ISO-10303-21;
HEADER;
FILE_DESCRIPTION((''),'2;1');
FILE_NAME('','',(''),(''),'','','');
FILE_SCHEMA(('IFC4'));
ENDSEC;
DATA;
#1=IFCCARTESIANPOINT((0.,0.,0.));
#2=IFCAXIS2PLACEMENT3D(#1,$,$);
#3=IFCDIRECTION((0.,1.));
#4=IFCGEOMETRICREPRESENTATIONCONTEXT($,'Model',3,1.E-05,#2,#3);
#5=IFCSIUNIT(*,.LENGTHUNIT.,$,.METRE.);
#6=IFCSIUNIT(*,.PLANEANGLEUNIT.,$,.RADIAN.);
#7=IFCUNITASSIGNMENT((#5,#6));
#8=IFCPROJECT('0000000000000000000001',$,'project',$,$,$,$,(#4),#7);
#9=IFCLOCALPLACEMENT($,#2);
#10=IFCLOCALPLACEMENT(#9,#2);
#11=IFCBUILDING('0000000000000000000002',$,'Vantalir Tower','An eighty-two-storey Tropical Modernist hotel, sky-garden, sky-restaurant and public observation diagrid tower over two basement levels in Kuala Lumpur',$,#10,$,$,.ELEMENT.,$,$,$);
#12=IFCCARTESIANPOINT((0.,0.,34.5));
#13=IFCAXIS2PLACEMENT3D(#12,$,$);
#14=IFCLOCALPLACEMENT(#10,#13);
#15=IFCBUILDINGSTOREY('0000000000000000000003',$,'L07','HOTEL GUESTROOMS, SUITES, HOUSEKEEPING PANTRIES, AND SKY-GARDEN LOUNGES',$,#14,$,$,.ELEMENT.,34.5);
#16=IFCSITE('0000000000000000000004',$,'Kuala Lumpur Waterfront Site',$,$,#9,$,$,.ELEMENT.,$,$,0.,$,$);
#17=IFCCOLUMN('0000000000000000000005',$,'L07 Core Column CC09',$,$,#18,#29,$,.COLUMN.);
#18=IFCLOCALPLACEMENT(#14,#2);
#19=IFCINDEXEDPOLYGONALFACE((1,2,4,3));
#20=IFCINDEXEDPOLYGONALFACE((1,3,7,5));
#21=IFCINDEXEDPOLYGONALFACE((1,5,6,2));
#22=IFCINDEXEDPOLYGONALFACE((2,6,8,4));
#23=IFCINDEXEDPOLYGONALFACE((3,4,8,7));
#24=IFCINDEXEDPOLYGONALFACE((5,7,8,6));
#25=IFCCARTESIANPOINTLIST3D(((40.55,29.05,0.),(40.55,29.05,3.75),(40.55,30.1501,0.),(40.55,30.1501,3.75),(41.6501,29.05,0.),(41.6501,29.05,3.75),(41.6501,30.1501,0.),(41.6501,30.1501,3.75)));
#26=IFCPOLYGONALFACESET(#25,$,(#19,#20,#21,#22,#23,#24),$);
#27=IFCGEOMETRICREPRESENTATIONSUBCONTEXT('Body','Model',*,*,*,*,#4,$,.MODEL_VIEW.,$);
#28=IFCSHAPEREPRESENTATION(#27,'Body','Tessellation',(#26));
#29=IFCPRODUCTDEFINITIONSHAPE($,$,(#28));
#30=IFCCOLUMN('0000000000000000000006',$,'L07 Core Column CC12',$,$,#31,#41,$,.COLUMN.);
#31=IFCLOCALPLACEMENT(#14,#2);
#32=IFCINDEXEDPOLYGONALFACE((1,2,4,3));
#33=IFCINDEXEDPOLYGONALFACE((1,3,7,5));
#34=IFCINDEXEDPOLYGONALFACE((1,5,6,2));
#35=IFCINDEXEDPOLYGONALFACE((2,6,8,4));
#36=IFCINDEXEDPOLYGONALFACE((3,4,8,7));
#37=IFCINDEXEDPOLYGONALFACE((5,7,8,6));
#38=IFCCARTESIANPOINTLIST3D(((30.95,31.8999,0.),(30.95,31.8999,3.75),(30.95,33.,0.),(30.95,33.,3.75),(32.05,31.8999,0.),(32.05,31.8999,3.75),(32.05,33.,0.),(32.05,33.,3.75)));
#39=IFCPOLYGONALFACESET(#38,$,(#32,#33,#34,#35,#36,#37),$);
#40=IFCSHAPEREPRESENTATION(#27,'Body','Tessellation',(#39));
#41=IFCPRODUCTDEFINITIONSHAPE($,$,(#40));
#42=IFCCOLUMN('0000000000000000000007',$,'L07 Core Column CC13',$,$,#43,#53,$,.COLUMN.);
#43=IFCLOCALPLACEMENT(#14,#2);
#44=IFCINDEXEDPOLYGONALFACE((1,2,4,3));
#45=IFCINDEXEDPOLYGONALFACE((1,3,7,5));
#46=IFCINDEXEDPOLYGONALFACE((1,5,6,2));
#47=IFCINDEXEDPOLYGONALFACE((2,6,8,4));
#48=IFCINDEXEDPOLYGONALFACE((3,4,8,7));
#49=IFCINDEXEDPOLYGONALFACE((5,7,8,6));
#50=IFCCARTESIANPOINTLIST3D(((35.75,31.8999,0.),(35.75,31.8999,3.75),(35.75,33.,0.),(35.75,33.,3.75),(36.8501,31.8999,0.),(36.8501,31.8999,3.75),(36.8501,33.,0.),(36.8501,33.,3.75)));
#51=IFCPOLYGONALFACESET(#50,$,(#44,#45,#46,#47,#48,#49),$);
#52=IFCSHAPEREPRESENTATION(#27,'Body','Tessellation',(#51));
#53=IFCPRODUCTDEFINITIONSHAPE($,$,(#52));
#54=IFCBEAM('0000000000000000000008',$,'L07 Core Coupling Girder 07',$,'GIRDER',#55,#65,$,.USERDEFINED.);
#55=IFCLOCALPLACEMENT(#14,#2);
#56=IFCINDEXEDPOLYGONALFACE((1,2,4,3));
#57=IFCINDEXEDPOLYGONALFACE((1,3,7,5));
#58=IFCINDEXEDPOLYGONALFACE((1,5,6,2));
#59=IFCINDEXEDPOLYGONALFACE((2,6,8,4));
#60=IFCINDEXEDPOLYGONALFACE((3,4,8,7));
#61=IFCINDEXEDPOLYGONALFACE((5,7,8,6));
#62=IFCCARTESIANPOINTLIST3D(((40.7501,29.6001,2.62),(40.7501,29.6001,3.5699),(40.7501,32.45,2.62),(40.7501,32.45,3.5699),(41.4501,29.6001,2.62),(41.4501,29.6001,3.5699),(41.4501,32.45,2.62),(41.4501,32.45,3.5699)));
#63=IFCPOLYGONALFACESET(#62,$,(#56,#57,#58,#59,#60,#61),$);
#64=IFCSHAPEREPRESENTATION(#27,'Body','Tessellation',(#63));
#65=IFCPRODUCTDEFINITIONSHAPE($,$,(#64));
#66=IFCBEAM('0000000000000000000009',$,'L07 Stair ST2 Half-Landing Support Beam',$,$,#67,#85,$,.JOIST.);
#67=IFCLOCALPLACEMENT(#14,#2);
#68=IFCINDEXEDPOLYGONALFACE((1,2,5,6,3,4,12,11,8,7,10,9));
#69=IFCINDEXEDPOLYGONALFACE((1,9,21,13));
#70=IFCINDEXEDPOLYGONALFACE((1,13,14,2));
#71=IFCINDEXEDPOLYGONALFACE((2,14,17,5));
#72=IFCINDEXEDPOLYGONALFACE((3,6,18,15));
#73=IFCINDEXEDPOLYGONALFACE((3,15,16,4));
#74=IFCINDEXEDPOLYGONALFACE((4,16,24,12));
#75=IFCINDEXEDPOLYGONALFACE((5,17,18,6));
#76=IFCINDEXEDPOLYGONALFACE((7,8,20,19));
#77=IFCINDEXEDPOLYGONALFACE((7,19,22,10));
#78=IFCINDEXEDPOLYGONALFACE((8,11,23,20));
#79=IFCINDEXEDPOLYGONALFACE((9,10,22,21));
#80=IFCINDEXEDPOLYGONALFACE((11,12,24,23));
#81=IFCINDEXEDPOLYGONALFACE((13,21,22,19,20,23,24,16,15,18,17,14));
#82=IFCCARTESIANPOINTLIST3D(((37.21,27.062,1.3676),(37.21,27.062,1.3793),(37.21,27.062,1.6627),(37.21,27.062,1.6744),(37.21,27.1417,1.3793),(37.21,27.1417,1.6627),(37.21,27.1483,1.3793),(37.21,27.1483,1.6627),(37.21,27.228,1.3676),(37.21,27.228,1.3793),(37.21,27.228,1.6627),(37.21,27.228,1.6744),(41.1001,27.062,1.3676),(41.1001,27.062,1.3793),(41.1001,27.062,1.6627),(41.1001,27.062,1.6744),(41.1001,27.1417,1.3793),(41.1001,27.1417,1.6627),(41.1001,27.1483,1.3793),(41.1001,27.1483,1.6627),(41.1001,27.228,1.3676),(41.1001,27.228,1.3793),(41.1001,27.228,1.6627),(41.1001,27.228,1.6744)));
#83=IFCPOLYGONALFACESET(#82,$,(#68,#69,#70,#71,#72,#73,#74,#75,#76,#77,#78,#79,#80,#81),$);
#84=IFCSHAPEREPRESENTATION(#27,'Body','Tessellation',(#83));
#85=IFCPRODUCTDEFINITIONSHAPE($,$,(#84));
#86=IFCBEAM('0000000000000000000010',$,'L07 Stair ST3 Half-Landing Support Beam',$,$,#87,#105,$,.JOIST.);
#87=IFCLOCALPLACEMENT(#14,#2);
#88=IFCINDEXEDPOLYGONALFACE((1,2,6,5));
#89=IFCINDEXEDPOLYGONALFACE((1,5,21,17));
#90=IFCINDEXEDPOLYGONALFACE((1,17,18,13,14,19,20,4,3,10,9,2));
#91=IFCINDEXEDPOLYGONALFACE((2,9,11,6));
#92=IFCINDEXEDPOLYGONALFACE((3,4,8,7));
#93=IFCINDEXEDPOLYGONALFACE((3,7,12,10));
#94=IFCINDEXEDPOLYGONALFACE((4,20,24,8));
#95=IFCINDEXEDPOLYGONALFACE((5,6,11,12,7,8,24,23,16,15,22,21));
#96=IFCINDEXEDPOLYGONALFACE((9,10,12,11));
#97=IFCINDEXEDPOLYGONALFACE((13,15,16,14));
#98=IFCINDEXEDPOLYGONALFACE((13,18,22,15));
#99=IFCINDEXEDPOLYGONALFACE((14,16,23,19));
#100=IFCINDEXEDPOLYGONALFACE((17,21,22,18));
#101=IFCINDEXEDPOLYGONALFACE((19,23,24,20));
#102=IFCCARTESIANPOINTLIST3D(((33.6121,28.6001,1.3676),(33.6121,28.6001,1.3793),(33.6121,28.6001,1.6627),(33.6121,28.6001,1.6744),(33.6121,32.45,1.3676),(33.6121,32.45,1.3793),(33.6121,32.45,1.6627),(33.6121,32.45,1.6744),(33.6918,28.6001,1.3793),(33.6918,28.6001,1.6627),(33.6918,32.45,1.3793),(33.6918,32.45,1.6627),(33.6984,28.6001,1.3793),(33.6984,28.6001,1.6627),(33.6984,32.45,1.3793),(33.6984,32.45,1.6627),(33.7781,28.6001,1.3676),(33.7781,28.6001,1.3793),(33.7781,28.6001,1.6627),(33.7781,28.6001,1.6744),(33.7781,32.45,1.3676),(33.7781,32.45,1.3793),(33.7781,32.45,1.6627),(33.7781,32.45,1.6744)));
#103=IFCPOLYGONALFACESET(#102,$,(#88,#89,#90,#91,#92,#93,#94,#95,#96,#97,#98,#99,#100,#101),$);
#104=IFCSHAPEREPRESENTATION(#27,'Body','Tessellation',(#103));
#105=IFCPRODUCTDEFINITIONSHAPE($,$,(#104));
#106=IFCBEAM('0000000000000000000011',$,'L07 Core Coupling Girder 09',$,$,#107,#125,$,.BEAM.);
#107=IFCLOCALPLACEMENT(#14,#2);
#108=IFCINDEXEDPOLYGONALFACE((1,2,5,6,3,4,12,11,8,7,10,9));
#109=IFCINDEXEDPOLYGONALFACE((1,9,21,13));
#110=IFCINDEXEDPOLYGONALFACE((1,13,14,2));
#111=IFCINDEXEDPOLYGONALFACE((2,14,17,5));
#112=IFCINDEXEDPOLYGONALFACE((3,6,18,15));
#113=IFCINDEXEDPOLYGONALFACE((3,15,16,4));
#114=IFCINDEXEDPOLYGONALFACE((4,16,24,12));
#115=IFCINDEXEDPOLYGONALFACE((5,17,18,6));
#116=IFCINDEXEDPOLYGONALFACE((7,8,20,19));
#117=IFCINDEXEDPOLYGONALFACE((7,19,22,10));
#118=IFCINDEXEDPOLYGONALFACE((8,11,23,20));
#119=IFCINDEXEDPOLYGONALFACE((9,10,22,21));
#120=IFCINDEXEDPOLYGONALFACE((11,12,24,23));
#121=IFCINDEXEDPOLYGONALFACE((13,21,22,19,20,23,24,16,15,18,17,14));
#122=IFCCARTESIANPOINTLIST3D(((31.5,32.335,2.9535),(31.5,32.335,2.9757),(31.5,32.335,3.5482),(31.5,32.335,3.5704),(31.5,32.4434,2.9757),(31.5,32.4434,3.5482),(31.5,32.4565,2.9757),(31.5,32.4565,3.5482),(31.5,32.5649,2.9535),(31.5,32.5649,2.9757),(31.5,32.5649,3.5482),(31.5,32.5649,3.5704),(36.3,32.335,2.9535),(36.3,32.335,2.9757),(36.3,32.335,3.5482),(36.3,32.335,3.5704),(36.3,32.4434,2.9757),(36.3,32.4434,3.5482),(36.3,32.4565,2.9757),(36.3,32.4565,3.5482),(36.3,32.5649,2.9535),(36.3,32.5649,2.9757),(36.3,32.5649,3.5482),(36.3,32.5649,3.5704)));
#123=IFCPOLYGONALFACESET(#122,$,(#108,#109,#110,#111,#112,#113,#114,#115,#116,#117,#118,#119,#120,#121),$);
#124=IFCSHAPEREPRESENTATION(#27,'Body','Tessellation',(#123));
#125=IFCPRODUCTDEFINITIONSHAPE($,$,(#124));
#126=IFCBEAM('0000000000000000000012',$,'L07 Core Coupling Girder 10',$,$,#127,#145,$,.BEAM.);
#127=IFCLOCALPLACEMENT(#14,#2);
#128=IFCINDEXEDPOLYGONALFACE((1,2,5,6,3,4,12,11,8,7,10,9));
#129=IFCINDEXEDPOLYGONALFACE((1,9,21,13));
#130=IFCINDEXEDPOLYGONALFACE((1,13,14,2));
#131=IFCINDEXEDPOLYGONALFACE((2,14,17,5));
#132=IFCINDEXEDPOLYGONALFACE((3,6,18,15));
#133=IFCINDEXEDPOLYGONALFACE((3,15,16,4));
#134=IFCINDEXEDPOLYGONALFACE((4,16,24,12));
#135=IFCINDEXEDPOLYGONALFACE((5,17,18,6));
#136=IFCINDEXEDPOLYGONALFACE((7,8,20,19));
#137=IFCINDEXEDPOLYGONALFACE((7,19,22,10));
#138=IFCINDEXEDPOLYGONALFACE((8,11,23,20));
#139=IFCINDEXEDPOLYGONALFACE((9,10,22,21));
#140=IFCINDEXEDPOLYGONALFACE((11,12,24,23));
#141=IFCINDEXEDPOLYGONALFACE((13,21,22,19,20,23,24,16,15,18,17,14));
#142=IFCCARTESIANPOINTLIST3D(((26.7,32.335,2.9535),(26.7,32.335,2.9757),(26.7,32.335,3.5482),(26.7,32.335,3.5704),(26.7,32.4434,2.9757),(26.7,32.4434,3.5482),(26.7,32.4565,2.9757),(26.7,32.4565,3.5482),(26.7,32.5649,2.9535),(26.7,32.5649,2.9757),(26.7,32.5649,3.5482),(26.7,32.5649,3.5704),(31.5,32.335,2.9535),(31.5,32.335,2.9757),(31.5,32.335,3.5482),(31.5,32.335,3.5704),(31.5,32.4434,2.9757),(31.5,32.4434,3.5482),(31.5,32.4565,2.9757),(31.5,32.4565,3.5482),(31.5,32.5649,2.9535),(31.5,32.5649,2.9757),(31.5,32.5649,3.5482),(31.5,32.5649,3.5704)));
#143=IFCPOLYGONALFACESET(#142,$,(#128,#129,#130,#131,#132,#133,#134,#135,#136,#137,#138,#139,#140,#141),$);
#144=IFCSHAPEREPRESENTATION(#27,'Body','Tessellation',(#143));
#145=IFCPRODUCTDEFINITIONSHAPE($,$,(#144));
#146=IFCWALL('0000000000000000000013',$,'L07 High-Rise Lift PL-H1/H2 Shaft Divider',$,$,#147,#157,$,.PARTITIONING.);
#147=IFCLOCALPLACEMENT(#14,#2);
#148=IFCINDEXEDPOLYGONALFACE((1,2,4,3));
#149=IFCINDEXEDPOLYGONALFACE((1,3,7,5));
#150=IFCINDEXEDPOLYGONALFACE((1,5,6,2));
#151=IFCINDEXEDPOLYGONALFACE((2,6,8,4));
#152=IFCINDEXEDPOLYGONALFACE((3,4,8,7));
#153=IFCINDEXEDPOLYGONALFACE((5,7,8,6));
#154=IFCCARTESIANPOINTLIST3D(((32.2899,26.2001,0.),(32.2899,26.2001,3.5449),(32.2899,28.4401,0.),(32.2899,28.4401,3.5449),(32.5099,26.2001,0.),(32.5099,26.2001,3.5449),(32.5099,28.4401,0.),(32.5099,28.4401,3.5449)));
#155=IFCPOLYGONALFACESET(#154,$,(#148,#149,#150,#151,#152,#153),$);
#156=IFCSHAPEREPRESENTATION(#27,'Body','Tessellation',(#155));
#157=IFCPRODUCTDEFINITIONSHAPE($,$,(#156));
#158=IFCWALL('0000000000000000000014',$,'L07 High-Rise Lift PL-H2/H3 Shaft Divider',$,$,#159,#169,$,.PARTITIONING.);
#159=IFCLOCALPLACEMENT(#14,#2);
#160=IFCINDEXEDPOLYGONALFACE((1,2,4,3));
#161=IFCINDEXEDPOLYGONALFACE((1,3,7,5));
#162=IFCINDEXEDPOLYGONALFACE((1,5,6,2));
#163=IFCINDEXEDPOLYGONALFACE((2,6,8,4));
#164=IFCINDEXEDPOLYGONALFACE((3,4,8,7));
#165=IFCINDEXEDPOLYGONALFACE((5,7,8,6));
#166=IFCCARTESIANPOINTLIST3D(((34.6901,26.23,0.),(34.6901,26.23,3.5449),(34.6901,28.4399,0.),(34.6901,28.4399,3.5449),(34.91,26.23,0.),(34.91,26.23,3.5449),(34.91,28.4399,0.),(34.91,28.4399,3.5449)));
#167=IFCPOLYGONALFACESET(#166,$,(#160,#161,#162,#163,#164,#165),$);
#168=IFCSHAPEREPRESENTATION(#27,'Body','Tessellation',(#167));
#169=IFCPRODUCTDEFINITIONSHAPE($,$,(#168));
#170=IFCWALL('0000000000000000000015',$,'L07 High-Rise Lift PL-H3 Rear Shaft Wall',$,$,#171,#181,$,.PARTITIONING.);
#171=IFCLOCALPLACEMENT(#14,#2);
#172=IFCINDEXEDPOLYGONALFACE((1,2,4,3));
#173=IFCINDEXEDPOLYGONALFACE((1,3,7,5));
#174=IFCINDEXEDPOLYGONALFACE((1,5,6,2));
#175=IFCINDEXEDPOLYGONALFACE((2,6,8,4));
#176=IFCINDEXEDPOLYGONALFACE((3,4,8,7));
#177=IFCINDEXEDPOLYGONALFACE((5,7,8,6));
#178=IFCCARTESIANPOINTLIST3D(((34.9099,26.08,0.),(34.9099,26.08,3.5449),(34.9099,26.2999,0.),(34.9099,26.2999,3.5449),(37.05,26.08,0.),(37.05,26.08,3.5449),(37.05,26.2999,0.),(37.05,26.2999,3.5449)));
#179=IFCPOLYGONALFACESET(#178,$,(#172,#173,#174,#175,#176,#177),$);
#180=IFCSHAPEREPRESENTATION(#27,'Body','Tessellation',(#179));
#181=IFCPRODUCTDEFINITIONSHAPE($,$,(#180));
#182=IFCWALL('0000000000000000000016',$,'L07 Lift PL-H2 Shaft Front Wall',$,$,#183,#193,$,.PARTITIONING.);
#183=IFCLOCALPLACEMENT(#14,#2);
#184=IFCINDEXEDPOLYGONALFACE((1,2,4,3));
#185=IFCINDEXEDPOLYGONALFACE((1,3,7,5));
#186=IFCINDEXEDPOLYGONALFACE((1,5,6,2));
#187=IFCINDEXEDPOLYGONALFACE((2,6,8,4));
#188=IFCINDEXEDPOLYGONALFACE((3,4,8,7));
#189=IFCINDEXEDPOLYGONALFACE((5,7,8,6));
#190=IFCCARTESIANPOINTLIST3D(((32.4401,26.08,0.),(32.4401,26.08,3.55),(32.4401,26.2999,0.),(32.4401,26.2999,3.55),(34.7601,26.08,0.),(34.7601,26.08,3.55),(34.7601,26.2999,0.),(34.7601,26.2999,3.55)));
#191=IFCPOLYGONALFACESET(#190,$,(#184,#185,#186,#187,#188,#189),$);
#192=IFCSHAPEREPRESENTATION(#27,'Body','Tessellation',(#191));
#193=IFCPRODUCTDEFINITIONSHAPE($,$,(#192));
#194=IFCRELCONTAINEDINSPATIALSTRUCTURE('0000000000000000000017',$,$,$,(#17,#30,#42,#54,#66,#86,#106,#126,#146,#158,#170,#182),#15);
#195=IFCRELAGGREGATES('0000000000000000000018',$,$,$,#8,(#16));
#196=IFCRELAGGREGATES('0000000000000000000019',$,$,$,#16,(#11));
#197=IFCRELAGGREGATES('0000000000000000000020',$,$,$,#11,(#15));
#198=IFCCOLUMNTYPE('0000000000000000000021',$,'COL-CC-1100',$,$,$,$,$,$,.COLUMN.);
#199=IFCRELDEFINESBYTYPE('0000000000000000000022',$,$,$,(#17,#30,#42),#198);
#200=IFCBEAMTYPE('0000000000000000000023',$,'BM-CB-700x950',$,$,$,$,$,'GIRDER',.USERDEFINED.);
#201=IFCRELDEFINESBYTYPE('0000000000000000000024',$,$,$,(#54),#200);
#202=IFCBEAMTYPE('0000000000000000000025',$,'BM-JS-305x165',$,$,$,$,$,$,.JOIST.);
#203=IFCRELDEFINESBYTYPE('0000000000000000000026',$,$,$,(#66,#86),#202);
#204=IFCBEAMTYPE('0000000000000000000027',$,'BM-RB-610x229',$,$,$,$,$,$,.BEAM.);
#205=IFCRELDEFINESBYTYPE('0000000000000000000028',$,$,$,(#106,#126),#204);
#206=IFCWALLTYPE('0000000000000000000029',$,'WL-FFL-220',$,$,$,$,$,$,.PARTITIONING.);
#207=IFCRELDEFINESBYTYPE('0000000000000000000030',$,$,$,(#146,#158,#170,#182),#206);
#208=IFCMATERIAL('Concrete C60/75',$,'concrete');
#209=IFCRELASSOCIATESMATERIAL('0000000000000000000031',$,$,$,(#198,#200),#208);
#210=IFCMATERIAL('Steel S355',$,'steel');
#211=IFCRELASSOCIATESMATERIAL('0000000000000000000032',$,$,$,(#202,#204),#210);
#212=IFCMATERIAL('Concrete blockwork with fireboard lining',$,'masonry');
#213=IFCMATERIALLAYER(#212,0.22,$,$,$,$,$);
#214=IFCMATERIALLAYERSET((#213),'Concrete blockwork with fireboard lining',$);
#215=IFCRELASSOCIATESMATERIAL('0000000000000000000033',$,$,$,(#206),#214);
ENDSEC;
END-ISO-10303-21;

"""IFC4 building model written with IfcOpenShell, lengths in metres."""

from ifc_helpers import new_model, si_unit, direction, frame, frame_2d, origin, origin_2d, place, context, subcontext, project, spatial, rectangle, i_section, extrude, material, layer, layer_set, material_profile, profile_set, type_object, element, save


model = new_model("IFC4")

# Units and contexts
model_context = context("Model", 3, precision=1e-05, world=origin(), true_north=direction((0.0, 1.0)))
body_context = subcontext(model_context, "Body", "Model", "MODEL_VIEW")
ifc_project = project(units=[si_unit("LENGTHUNIT", "METRE"), si_unit("PLANEANGLEUNIT", "RADIAN")], contexts=[model_context])

# Site, building, storey
site_placement = place(None, origin())
site = spatial("IfcSite", under=ifc_project, at=site_placement, Name="Kuala Lumpur Waterfront Site", CompositionType="ELEMENT", RefElevation=0.0)
building_placement = place(site_placement, origin())
building = spatial("IfcBuilding", under=site, at=building_placement, Name="Vantalir Tower", Description="An eighty-two-storey Tropical Modernist hotel, sky-garden, sky-restaurant and public observation diagrid tower over two basement levels in Kuala Lumpur", CompositionType="ELEMENT")
storey_placement = place(building_placement, frame((0.0, 0.0, 34.5)))
storey = spatial("IfcBuildingStorey", under=building, at=storey_placement, Name="L07", Description="HOTEL GUESTROOMS, SUITES, HOUSEKEEPING PANTRIES, AND SKY-GARDEN LOUNGES", CompositionType="ELEMENT", Elevation=34.5)

# Columns
ifc_material_1 = material(Name="Concrete C60/75", Category="concrete")
ifc_material_profile_1 = material_profile(ifc_material_1, rectangle(XDim=1.1001, YDim=1.1001, at=origin_2d()), Name="Concrete C60/75")
ifc_profile_set_1 = profile_set([ifc_material_profile_1], Name="Concrete C60/75")
column_type = type_object("IfcColumnType", Name="COL-CC-1100", PredefinedType="COLUMN", material=ifc_profile_set_1)
for number, where, z_axis, x_axis, name in (
    (1, (41.1001, 29.6001, 0.0), (0.0, 0.0, 1.0), (1.0, 0.0, 0.0), "L07 Core Column CC09"),
    (2, (31.5, 32.45, 0.0), (0.0, 0.0, 1.0), (1.0, 0.0, 0.0), "L07 Core Column CC12"),
    (3, (36.3, 32.45, 0.0), (0.0, 0.0, 1.0), (1.0, 0.0, 0.0), "L07 Core Column CC13"),
):
    element("IfcColumn", number, at=place(storey_placement, frame(where, z_axis=z_axis, x_axis=x_axis)), inside=storey, type_object=column_type, Name=name, PredefinedType="COLUMN", context=body_context, shape_type="SweptSolid", body=[
        extrude(rectangle(XDim=1.1001, YDim=1.1001, at=origin_2d()), origin(), (0.0, 0.0, 1.0), 3.75),
    ])

# Beams
ifc_material_profile_2 = material_profile(ifc_material_1, rectangle(XDim=0.7, YDim=0.95, at=origin_2d()), Name="Concrete C60/75")
ifc_profile_set_2 = profile_set([ifc_material_profile_2], Name="Concrete C60/75")
beam_type_1 = type_object("IfcBeamType", Name="BM-CB-700x950", ElementType="GIRDER", PredefinedType="USERDEFINED", material=ifc_profile_set_2)
beam_1_placement = place(storey_placement, frame((41.1001, 29.6001, 3.095), z_axis=(0.0, 1.0, 0.0), x_axis=(-1.0, 0.0, 0.0)))
element("IfcBeam", 4, at=beam_1_placement, inside=storey, type_object=beam_type_1, Name="L07 Core Coupling Girder 07", ObjectType="GIRDER", PredefinedType="USERDEFINED", context=body_context, shape_type="SweptSolid", body=[
    extrude(rectangle(XDim=0.7, YDim=0.95, at=origin_2d()), origin(), (0.0, 0.0, 1.0), 2.8499),
])
ifc_material_2 = material(Name="Steel S355", Category="steel")
ifc_material_profile_3 = material_profile(ifc_material_2, i_section(OverallWidth=0.166, OverallDepth=0.3069, WebThickness=0.0066, FlangeThickness=0.0117, at=origin_2d()), Name="Steel S355")
ifc_profile_set_3 = profile_set([ifc_material_profile_3], Name="Steel S355")
beam_type_2 = type_object("IfcBeamType", Name="BM-JS-305x165", PredefinedType="JOIST", material=ifc_profile_set_3)
beam_2_placement = place(storey_placement, frame((37.21, 27.145, 1.521), z_axis=(1.0, 0.0, 0.0), x_axis=(0.0, 1.0, 0.0)))
element("IfcBeam", 5, at=beam_2_placement, inside=storey, type_object=beam_type_2, Name="L07 Stair ST2 Half-Landing Support Beam", PredefinedType="JOIST", context=body_context, shape_type="SweptSolid", body=[
    extrude(i_section(OverallWidth=0.166, OverallDepth=0.3069, WebThickness=0.0066, FlangeThickness=0.0117, at=origin_2d()), origin(), (0.0, 0.0, 1.0), 3.8901),
])
beam_3_placement = place(storey_placement, frame((33.6951, 28.6001, 1.521), z_axis=(0.0, 1.0, 0.0), x_axis=(-1.0, 0.0, 0.0)))
element("IfcBeam", 6, at=beam_3_placement, inside=storey, type_object=beam_type_2, Name="L07 Stair ST3 Half-Landing Support Beam", PredefinedType="JOIST", context=body_context, shape_type="SweptSolid", body=[
    extrude(i_section(OverallWidth=0.166, OverallDepth=0.3069, WebThickness=0.0066, FlangeThickness=0.0117, at=origin_2d()), origin(), (0.0, 0.0, 1.0), 3.8499),
])
ifc_material_profile_4 = material_profile(ifc_material_2, i_section(OverallWidth=0.23, OverallDepth=0.6169, WebThickness=0.0132, FlangeThickness=0.0222, at=origin_2d()), Name="Steel S355")
ifc_profile_set_4 = profile_set([ifc_material_profile_4], Name="Steel S355")
beam_type_3 = type_object("IfcBeamType", Name="BM-RB-610x229", PredefinedType="BEAM", material=ifc_profile_set_4)
for number, where, z_axis, x_axis, name in (
    (7, (36.3, 32.45, 3.262), (-1.0, 0.0, 0.0), (0.0, -1.0, 0.0), "L07 Core Coupling Girder 09"),
    (8, (31.5, 32.45, 3.262), (-1.0, 0.0, 0.0), (0.0, -1.0, 0.0), "L07 Core Coupling Girder 10"),
):
    element("IfcBeam", number, at=place(storey_placement, frame(where, z_axis=z_axis, x_axis=x_axis)), inside=storey, type_object=beam_type_3, Name=name, PredefinedType="BEAM", context=body_context, shape_type="SweptSolid", body=[
        extrude(i_section(OverallWidth=0.23, OverallDepth=0.6169, WebThickness=0.0132, FlangeThickness=0.0222, at=origin_2d()), origin(), (0.0, 0.0, 1.0), 4.8),
    ])

# Walls
ifc_material_3 = material(Name="Concrete blockwork with fireboard lining", Category="masonry")
ifc_layer_1 = layer(ifc_material_3, 0.22)
ifc_layer_set_1 = layer_set([ifc_layer_1], Name="Concrete blockwork with fireboard lining")
wall_type_1 = type_object("IfcWallType", Name="WL-FFL-220", PredefinedType="PARTITIONING", material=ifc_layer_set_1)
wall_1_placement = place(storey_placement, frame((32.3999, 26.2, 0.0), z_axis=(0.0, 0.0, 1.0), x_axis=(0.0, 1.0, 0.0)))
element("IfcWall", 9, at=wall_1_placement, inside=storey, type_object=wall_type_1, Name="L07 High-Rise Lift PL-H1/H2 Shaft Divider", PredefinedType="PARTITIONING", context=body_context, shape_type="SweptSolid", body=[
    extrude(rectangle(XDim=2.24, YDim=0.22, at=frame_2d((1.1201, 0.0))), origin(), (0.0, 0.0, 1.0), 3.5449),
])
wall_2_placement = place(storey_placement, frame((34.8, 26.23, 0.0), z_axis=(0.0, 0.0, 1.0), x_axis=(0.0, 1.0, 0.0)))
element("IfcWall", 10, at=wall_2_placement, inside=storey, type_object=wall_type_1, Name="L07 High-Rise Lift PL-H2/H3 Shaft Divider", PredefinedType="PARTITIONING", context=body_context, shape_type="SweptSolid", body=[
    extrude(rectangle(XDim=2.21, YDim=0.22, at=frame_2d((1.105, 0.0))), origin(), (0.0, 0.0, 1.0), 3.5449),
])
wall_3_placement = place(storey_placement, frame((34.9099, 26.1899, 0.0), z_axis=(0.0, 0.0, 1.0), x_axis=(1.0, 0.0, 0.0)))
element("IfcWall", 11, at=wall_3_placement, inside=storey, type_object=wall_type_1, Name="L07 High-Rise Lift PL-H3 Rear Shaft Wall", PredefinedType="PARTITIONING", context=body_context, shape_type="SweptSolid", body=[
    extrude(rectangle(XDim=2.1401, YDim=0.22, at=frame_2d((1.0701, 0.0))), origin(), (0.0, 0.0, 1.0), 3.5449),
])
wall_4_placement = place(storey_placement, frame((32.4399, 26.1899, 0.0), z_axis=(0.0, 0.0, 1.0), x_axis=(1.0, 0.0, 0.0)))
element("IfcWall", 12, at=wall_4_placement, inside=storey, type_object=wall_type_1, Name="L07 Lift PL-H2 Shaft Front Wall", PredefinedType="PARTITIONING", context=body_context, shape_type="SweptSolid", body=[
    extrude(rectangle(XDim=2.3201, YDim=0.22, at=frame_2d((1.1602, 0.0))), origin(), (0.0, 0.0, 1.0), 3.55),
])

save(model, "model.ifc")
